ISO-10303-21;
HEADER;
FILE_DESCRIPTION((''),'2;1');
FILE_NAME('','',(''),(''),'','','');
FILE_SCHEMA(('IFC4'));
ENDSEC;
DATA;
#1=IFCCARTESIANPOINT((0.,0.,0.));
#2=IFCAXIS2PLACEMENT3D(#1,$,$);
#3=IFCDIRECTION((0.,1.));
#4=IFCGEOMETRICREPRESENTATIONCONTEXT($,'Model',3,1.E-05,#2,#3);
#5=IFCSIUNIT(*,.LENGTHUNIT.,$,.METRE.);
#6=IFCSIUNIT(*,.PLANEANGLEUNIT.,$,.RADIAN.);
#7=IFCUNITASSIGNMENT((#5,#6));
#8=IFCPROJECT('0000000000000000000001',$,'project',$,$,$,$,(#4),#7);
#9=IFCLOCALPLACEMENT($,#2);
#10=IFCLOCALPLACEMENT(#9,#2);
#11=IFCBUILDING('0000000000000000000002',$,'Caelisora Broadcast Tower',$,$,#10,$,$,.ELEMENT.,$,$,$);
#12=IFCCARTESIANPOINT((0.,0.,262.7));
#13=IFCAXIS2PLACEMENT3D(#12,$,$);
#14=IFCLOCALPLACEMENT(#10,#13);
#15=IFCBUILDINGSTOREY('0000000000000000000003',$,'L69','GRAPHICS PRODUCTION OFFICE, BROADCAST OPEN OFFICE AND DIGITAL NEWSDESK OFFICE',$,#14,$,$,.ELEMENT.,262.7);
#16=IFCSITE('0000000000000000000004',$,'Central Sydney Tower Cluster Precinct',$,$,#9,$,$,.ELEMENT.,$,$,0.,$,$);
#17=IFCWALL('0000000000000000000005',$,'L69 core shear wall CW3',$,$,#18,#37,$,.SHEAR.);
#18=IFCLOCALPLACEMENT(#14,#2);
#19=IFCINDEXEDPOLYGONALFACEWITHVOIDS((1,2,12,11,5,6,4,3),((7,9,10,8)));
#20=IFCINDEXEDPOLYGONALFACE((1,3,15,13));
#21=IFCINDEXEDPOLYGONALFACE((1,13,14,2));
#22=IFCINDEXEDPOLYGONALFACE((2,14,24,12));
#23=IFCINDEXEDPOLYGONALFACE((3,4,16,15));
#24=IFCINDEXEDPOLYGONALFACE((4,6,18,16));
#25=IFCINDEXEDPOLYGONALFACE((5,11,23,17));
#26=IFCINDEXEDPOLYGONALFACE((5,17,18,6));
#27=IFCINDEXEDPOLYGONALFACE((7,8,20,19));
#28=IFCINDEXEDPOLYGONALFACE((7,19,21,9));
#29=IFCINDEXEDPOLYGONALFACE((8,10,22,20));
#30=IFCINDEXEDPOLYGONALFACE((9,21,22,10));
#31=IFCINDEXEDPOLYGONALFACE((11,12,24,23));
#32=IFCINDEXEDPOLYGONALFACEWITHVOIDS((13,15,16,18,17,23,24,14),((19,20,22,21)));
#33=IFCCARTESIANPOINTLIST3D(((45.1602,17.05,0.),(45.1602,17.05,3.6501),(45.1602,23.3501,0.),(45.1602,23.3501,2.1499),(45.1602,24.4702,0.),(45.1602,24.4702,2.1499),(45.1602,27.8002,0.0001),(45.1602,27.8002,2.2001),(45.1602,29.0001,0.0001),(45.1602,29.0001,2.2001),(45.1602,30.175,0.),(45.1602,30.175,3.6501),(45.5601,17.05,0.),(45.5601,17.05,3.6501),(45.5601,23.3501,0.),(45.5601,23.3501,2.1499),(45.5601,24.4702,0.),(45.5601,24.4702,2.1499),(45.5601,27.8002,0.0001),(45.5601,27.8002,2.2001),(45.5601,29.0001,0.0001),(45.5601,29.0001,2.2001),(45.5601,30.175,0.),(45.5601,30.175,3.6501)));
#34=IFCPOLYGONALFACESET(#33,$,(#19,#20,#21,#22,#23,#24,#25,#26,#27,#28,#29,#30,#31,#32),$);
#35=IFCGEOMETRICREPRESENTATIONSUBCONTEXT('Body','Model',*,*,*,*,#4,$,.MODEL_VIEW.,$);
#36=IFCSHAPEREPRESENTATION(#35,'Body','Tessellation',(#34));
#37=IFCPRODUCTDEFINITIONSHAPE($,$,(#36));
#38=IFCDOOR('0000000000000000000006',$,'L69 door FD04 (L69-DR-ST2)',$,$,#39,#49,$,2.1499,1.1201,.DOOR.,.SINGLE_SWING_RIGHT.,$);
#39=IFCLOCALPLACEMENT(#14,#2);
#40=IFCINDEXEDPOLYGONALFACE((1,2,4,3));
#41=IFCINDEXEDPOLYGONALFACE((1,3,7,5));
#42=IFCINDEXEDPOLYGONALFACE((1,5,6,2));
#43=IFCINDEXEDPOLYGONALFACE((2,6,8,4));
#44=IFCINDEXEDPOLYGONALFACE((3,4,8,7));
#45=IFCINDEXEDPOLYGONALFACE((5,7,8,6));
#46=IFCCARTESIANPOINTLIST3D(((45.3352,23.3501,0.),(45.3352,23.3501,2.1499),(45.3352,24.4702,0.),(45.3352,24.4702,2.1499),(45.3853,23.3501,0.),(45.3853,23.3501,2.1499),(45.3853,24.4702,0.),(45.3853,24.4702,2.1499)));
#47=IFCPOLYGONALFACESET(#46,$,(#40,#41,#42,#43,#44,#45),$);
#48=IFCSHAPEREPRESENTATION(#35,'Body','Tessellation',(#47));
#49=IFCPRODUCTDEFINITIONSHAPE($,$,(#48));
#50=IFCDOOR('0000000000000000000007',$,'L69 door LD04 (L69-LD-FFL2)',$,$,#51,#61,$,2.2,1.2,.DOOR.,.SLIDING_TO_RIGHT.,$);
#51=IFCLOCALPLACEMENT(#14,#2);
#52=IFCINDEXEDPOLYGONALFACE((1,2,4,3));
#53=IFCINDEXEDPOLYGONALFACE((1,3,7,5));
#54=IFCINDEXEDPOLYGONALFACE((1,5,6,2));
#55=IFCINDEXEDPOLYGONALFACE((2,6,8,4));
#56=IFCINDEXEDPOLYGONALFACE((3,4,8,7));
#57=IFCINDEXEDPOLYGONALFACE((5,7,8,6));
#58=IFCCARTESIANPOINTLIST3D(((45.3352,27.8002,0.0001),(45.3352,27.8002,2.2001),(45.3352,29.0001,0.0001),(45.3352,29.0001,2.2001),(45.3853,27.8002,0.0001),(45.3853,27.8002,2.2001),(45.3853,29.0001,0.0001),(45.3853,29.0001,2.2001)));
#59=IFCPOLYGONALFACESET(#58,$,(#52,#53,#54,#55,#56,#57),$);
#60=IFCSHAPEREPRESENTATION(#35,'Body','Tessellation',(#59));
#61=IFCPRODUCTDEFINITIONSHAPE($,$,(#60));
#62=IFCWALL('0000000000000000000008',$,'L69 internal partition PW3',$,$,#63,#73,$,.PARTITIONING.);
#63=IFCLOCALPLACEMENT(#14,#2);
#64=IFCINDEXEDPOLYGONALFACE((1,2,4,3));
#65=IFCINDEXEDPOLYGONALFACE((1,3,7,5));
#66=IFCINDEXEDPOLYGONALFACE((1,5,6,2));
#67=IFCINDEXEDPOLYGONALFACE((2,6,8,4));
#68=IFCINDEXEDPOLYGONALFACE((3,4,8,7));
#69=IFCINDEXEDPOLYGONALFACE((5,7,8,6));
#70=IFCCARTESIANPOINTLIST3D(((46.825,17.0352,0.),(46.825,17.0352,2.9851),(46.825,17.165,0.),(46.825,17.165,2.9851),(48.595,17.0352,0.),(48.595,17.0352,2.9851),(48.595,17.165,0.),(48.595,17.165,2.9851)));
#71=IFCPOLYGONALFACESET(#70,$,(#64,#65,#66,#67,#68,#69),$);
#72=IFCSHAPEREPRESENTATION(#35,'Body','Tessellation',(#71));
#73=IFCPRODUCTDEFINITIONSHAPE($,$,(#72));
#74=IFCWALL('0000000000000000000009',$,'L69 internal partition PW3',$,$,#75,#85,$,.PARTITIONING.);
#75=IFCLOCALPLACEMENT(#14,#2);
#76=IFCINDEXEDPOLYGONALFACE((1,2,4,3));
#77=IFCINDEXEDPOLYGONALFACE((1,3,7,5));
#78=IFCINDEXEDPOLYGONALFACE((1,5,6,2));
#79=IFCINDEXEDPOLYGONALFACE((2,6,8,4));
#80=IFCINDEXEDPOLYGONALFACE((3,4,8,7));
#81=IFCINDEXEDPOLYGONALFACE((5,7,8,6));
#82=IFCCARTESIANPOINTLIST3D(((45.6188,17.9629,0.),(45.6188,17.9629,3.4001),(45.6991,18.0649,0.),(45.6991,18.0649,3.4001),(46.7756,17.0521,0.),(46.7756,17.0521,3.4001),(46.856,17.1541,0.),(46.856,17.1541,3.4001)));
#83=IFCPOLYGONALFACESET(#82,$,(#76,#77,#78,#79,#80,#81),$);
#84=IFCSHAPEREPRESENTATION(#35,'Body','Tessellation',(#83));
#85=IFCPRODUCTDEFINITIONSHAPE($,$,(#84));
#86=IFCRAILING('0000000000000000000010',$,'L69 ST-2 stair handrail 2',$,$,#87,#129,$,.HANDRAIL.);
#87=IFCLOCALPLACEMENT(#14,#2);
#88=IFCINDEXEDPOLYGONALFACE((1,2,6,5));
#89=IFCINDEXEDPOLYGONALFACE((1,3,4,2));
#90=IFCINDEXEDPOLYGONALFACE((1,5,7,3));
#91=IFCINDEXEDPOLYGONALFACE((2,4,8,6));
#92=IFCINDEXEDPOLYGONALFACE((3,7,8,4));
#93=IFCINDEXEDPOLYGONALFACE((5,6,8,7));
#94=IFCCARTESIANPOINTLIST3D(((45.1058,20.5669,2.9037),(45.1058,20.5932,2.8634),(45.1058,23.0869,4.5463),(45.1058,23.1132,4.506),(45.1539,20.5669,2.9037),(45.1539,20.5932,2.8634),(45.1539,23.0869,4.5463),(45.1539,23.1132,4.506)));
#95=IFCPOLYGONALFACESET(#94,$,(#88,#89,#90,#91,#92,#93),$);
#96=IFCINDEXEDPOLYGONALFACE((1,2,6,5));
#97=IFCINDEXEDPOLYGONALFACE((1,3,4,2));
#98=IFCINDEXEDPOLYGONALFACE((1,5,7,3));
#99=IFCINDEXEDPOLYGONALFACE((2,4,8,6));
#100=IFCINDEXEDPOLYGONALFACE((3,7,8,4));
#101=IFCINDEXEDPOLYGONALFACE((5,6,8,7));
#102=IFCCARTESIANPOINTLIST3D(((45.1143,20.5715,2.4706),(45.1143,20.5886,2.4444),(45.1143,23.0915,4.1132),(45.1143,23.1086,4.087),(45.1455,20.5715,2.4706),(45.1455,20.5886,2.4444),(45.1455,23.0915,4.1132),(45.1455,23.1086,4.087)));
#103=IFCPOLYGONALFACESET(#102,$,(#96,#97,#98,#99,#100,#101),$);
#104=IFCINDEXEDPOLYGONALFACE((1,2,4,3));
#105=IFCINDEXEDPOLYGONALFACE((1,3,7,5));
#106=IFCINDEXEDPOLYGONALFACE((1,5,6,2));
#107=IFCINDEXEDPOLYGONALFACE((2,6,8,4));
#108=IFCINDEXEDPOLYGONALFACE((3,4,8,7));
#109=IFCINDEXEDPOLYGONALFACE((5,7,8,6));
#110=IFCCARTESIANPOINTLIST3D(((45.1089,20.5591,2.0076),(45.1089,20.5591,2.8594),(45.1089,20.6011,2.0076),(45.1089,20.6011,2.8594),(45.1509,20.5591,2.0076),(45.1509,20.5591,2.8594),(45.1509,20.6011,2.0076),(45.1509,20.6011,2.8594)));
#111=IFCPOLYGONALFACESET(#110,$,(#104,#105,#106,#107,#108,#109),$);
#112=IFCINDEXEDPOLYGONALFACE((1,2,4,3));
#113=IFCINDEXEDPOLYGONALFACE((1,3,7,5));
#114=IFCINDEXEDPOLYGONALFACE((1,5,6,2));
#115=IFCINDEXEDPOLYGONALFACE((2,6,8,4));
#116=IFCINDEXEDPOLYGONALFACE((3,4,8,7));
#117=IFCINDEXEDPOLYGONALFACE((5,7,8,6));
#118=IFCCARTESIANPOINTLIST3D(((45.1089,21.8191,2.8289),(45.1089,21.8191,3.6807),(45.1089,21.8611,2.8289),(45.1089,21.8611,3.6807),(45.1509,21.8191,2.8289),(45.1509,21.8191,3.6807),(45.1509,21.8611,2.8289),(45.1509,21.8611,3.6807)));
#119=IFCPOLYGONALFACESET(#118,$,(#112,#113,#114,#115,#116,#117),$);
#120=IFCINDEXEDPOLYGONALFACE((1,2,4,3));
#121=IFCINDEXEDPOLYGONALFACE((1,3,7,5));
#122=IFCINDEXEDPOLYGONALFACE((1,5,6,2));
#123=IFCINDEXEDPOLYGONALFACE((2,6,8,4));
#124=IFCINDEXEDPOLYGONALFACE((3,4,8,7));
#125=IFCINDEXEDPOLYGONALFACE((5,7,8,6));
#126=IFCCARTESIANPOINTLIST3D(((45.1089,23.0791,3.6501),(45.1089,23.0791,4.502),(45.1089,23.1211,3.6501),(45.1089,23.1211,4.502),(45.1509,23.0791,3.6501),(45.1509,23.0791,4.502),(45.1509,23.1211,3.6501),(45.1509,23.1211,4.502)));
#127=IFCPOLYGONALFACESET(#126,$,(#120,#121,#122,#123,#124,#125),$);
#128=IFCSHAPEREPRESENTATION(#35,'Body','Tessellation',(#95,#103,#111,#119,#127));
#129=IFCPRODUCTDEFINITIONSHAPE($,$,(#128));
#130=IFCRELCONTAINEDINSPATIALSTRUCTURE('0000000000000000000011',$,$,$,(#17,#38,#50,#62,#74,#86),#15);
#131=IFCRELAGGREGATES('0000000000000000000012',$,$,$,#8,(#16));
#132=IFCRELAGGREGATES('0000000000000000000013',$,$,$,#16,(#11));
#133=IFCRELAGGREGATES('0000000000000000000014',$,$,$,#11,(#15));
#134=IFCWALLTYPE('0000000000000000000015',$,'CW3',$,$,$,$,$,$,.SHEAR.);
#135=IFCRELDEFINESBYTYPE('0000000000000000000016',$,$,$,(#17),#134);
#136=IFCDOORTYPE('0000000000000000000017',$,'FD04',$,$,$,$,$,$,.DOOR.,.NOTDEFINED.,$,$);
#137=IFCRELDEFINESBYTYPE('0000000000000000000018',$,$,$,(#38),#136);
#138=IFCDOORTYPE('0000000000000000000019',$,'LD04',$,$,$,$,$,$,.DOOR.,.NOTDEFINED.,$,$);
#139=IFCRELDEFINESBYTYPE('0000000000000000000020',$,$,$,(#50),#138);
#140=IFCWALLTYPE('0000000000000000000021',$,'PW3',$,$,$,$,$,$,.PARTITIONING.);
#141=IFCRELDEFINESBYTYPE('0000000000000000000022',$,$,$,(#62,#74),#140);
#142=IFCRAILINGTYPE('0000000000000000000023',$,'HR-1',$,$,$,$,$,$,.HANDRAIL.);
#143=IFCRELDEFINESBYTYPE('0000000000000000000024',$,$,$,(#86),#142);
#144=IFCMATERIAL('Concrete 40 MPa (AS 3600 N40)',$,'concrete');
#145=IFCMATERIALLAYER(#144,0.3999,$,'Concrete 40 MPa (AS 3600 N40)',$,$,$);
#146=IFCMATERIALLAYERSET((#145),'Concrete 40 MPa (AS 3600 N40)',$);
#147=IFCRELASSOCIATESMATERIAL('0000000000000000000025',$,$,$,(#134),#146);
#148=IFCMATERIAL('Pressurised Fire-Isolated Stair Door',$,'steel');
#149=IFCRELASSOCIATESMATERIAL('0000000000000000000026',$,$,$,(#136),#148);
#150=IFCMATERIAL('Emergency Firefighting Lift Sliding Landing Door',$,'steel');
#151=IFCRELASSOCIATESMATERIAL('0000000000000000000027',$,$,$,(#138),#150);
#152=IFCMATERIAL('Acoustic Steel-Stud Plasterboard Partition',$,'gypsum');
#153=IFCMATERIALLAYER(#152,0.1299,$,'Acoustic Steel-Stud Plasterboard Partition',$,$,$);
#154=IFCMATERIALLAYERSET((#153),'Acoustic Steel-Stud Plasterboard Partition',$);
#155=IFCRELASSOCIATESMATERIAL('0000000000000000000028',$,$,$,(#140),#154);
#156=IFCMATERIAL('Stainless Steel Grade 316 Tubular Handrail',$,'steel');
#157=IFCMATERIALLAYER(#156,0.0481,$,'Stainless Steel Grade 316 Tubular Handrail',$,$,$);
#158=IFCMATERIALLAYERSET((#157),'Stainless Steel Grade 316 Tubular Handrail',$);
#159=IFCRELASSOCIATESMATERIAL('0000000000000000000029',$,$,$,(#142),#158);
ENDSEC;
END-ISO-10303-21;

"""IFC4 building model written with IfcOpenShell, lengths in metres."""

from ifc_helpers import new_model, si_unit, direction, frame, frame_2d, origin, origin_2d, place, context, subcontext, project, spatial, rectangle, extrude, material, layer, layer_set, type_object, element, fill, save


model = new_model("IFC4")

# Units and contexts
model_context = context("Model", 3, precision=1e-05, world=origin(), true_north=direction((0.0, 1.0)))
body_context = subcontext(model_context, "Body", "Model", "MODEL_VIEW")
ifc_project = project(units=[si_unit("LENGTHUNIT", "METRE"), si_unit("PLANEANGLEUNIT", "RADIAN")], contexts=[model_context])

# Site, building, storey
site_placement = place(None, origin())
site = spatial("IfcSite", under=ifc_project, at=site_placement, Name="Central Sydney Tower Cluster Precinct", CompositionType="ELEMENT", RefElevation=0.0)
building_placement = place(site_placement, origin())
building = spatial("IfcBuilding", under=site, at=building_placement, Name="Caelisora Broadcast Tower", CompositionType="ELEMENT")
storey_placement = place(building_placement, frame((0.0, 0.0, 262.7)))
storey = spatial("IfcBuildingStorey", under=building, at=storey_placement, Name="L69", Description="GRAPHICS PRODUCTION OFFICE, BROADCAST OPEN OFFICE AND DIGITAL NEWSDESK OFFICE", CompositionType="ELEMENT", Elevation=262.7)

# Wall, openings, doors
ifc_material_1 = material(Name="Concrete 40 MPa (AS 3600 N40)", Category="concrete")
ifc_layer_1 = layer(ifc_material_1, 0.3999, Name="Concrete 40 MPa (AS 3600 N40)")
ifc_layer_set_1 = layer_set([ifc_layer_1], Name="Concrete 40 MPa (AS 3600 N40)")
wall_type_1 = type_object("IfcWallType", Name="CW3", PredefinedType="SHEAR", material=ifc_layer_set_1)
wall_1_placement = place(storey_placement, frame((45.3601, 17.05, 0.0), z_axis=(0.0, 0.0, 1.0), x_axis=(0.0, 1.0, 0.0)))
wall_1 = element("IfcWall", 1, at=wall_1_placement, inside=storey, type_object=wall_type_1, Name="L69 core shear wall CW3", PredefinedType="SHEAR", context=body_context, shape_type="SweptSolid", body=[
    extrude(rectangle(XDim=13.125, YDim=0.3999, at=frame_2d((6.5625, 0.0))), origin(), (0.0, 0.0, 1.0), 3.6501),
])
opening_1_placement = place(wall_1_placement, frame((6.3, 0.0, 0.0)))
opening_1 = element("IfcOpeningElement", 2, at=opening_1_placement, cuts=wall_1, PredefinedType="OPENING", context=body_context, shape_type="SweptSolid", body=[
    extrude(rectangle(XDim=1.1201, YDim=2.1499, at=frame_2d((0.5601, 1.075))), frame((0.0, 0.2119, 0.0), z_axis=(0.0, -1.0, 0.0), x_axis=(1.0, 0.0, 0.0)), (0.0, 0.0, 1.0), 0.4238),
])
opening_2_placement = place(wall_1_placement, frame((10.75, 0.0, 0.0)))
opening_2 = element("IfcOpeningElement", 3, at=opening_2_placement, cuts=wall_1, PredefinedType="OPENING", context=body_context, shape_type="SweptSolid", body=[
    extrude(rectangle(XDim=1.2, YDim=2.2, at=frame_2d((0.6001, 1.1001))), frame((0.0, 0.2119, 0.0), z_axis=(0.0, -1.0, 0.0), x_axis=(1.0, 0.0, 0.0)), (0.0, 0.0, 1.0), 0.4238),
])
ifc_material_2 = material(Name="Pressurised Fire-Isolated Stair Door", Category="steel")
door_type_1 = type_object("IfcDoorType", Name="FD04", OperationType="NOTDEFINED", PredefinedType="DOOR", material=ifc_material_2)
door_1_placement = place(opening_1_placement, origin())
door_1 = element("IfcDoor", 4, at=door_1_placement, inside=storey, type_object=door_type_1, Name="L69 door FD04 (L69-DR-ST2)", OperationType="SINGLE_SWING_RIGHT", OverallHeight=2.1499, OverallWidth=1.1201, PredefinedType="DOOR", context=body_context, shape_type="SweptSolid", body=[
    extrude(rectangle(XDim=1.1201, YDim=2.1499, at=frame_2d((0.5601, 1.075))), frame((0.0, 0.0249, 0.0), z_axis=(0.0, -1.0, 0.0), x_axis=(1.0, 0.0, 0.0)), (0.0, 0.0, 1.0), 0.05),
])
fill(opening_1, door_1)
ifc_material_3 = material(Name="Emergency Firefighting Lift Sliding Landing Door", Category="steel")
door_type_2 = type_object("IfcDoorType", Name="LD04", OperationType="NOTDEFINED", PredefinedType="DOOR", material=ifc_material_3)
door_2_placement = place(opening_2_placement, origin())
door_2 = element("IfcDoor", 5, at=door_2_placement, inside=storey, type_object=door_type_2, Name="L69 door LD04 (L69-LD-FFL2)", OperationType="SLIDING_TO_RIGHT", OverallHeight=2.2, OverallWidth=1.2, PredefinedType="DOOR", context=body_context, shape_type="SweptSolid", body=[
    extrude(rectangle(XDim=1.2, YDim=2.2, at=frame_2d((0.6001, 1.1001))), frame((0.0, 0.0249, 0.0), z_axis=(0.0, -1.0, 0.0), x_axis=(1.0, 0.0, 0.0)), (0.0, 0.0, 1.0), 0.05),
])
fill(opening_2, door_2)

# Walls
ifc_material_4 = material(Name="Acoustic Steel-Stud Plasterboard Partition", Category="gypsum")
ifc_layer_2 = layer(ifc_material_4, 0.1299, Name="Acoustic Steel-Stud Plasterboard Partition")
ifc_layer_set_2 = layer_set([ifc_layer_2], Name="Acoustic Steel-Stud Plasterboard Partition")
wall_type_2 = type_object("IfcWallType", Name="PW3", PredefinedType="PARTITIONING", material=ifc_layer_set_2)
wall_2_placement = place(storey_placement, frame((46.825, 17.1001, 0.0), z_axis=(0.0, 0.0, 1.0), x_axis=(1.0, 0.0, 0.0)))
element("IfcWall", 6, at=wall_2_placement, inside=storey, type_object=wall_type_2, Name="L69 internal partition PW3", PredefinedType="PARTITIONING", context=body_context, shape_type="SweptSolid", body=[
    extrude(rectangle(XDim=1.77, YDim=0.1299, at=frame_2d((0.885, 0.0))), origin(), (0.0, 0.0, 1.0), 2.9851),
])
wall_3_placement = place(storey_placement, frame((46.8159, 17.103, 0.0), z_axis=(0.0, 0.0, 1.0), x_axis=(-0.785714, 0.61859, 0.0)))
element("IfcWall", 7, at=wall_3_placement, inside=storey, type_object=wall_type_2, Name="L69 internal partition PW3", PredefinedType="PARTITIONING", context=body_context, shape_type="SweptSolid", body=[
    extrude(rectangle(XDim=1.4724, YDim=0.1299, at=frame_2d((0.7363, 0.0))), origin(), (0.0, 0.0, 1.0), 3.4001),
])

# Railing
ifc_material_5 = material(Name="Stainless Steel Grade 316 Tubular Handrail", Category="steel")
ifc_layer_3 = layer(ifc_material_5, 0.0481, Name="Stainless Steel Grade 316 Tubular Handrail")
ifc_layer_set_3 = layer_set([ifc_layer_3], Name="Stainless Steel Grade 316 Tubular Handrail")
railing_type = type_object("IfcRailingType", Name="HR-1", PredefinedType="HANDRAIL", material=ifc_layer_set_3)
railing_placement = place(storey_placement, frame((45.1299, 20.5801, 2.0076)))
element("IfcRailing", 8, at=railing_placement, inside=storey, type_object=railing_type, Name="L69 ST-2 stair handrail 2", PredefinedType="HANDRAIL", context=body_context, shape_type="SweptSolid", body=[
    extrude(rectangle(XDim=0.0481, YDim=0.0481, at=origin_2d()), frame((0.0, 0.0, 0.876), z_axis=(0.0, 0.837749, 0.546055), x_axis=(-1.0, 0.0, 0.0)), (0.0, 0.0, 1.0), 3.0081),
    extrude(rectangle(XDim=0.0312, YDim=0.0312, at=origin_2d()), frame((0.0, 0.0, 0.45), z_axis=(0.0, 0.837749, 0.546055), x_axis=(-1.0, 0.0, 0.0)), (0.0, 0.0, 1.0), 3.0081),
    extrude(rectangle(XDim=0.042, YDim=0.042, at=origin_2d()), origin(), (0.0, 0.0, 1.0), 0.8518),
    extrude(rectangle(XDim=0.042, YDim=0.042, at=origin_2d()), frame((0.0, 1.26, 0.8213)), (0.0, 0.0, 1.0), 0.8518),
    extrude(rectangle(XDim=0.042, YDim=0.042, at=origin_2d()), frame((0.0, 2.52, 1.6426)), (0.0, 0.0, 1.0), 0.8518),
])

save(model, "model.ifc")
